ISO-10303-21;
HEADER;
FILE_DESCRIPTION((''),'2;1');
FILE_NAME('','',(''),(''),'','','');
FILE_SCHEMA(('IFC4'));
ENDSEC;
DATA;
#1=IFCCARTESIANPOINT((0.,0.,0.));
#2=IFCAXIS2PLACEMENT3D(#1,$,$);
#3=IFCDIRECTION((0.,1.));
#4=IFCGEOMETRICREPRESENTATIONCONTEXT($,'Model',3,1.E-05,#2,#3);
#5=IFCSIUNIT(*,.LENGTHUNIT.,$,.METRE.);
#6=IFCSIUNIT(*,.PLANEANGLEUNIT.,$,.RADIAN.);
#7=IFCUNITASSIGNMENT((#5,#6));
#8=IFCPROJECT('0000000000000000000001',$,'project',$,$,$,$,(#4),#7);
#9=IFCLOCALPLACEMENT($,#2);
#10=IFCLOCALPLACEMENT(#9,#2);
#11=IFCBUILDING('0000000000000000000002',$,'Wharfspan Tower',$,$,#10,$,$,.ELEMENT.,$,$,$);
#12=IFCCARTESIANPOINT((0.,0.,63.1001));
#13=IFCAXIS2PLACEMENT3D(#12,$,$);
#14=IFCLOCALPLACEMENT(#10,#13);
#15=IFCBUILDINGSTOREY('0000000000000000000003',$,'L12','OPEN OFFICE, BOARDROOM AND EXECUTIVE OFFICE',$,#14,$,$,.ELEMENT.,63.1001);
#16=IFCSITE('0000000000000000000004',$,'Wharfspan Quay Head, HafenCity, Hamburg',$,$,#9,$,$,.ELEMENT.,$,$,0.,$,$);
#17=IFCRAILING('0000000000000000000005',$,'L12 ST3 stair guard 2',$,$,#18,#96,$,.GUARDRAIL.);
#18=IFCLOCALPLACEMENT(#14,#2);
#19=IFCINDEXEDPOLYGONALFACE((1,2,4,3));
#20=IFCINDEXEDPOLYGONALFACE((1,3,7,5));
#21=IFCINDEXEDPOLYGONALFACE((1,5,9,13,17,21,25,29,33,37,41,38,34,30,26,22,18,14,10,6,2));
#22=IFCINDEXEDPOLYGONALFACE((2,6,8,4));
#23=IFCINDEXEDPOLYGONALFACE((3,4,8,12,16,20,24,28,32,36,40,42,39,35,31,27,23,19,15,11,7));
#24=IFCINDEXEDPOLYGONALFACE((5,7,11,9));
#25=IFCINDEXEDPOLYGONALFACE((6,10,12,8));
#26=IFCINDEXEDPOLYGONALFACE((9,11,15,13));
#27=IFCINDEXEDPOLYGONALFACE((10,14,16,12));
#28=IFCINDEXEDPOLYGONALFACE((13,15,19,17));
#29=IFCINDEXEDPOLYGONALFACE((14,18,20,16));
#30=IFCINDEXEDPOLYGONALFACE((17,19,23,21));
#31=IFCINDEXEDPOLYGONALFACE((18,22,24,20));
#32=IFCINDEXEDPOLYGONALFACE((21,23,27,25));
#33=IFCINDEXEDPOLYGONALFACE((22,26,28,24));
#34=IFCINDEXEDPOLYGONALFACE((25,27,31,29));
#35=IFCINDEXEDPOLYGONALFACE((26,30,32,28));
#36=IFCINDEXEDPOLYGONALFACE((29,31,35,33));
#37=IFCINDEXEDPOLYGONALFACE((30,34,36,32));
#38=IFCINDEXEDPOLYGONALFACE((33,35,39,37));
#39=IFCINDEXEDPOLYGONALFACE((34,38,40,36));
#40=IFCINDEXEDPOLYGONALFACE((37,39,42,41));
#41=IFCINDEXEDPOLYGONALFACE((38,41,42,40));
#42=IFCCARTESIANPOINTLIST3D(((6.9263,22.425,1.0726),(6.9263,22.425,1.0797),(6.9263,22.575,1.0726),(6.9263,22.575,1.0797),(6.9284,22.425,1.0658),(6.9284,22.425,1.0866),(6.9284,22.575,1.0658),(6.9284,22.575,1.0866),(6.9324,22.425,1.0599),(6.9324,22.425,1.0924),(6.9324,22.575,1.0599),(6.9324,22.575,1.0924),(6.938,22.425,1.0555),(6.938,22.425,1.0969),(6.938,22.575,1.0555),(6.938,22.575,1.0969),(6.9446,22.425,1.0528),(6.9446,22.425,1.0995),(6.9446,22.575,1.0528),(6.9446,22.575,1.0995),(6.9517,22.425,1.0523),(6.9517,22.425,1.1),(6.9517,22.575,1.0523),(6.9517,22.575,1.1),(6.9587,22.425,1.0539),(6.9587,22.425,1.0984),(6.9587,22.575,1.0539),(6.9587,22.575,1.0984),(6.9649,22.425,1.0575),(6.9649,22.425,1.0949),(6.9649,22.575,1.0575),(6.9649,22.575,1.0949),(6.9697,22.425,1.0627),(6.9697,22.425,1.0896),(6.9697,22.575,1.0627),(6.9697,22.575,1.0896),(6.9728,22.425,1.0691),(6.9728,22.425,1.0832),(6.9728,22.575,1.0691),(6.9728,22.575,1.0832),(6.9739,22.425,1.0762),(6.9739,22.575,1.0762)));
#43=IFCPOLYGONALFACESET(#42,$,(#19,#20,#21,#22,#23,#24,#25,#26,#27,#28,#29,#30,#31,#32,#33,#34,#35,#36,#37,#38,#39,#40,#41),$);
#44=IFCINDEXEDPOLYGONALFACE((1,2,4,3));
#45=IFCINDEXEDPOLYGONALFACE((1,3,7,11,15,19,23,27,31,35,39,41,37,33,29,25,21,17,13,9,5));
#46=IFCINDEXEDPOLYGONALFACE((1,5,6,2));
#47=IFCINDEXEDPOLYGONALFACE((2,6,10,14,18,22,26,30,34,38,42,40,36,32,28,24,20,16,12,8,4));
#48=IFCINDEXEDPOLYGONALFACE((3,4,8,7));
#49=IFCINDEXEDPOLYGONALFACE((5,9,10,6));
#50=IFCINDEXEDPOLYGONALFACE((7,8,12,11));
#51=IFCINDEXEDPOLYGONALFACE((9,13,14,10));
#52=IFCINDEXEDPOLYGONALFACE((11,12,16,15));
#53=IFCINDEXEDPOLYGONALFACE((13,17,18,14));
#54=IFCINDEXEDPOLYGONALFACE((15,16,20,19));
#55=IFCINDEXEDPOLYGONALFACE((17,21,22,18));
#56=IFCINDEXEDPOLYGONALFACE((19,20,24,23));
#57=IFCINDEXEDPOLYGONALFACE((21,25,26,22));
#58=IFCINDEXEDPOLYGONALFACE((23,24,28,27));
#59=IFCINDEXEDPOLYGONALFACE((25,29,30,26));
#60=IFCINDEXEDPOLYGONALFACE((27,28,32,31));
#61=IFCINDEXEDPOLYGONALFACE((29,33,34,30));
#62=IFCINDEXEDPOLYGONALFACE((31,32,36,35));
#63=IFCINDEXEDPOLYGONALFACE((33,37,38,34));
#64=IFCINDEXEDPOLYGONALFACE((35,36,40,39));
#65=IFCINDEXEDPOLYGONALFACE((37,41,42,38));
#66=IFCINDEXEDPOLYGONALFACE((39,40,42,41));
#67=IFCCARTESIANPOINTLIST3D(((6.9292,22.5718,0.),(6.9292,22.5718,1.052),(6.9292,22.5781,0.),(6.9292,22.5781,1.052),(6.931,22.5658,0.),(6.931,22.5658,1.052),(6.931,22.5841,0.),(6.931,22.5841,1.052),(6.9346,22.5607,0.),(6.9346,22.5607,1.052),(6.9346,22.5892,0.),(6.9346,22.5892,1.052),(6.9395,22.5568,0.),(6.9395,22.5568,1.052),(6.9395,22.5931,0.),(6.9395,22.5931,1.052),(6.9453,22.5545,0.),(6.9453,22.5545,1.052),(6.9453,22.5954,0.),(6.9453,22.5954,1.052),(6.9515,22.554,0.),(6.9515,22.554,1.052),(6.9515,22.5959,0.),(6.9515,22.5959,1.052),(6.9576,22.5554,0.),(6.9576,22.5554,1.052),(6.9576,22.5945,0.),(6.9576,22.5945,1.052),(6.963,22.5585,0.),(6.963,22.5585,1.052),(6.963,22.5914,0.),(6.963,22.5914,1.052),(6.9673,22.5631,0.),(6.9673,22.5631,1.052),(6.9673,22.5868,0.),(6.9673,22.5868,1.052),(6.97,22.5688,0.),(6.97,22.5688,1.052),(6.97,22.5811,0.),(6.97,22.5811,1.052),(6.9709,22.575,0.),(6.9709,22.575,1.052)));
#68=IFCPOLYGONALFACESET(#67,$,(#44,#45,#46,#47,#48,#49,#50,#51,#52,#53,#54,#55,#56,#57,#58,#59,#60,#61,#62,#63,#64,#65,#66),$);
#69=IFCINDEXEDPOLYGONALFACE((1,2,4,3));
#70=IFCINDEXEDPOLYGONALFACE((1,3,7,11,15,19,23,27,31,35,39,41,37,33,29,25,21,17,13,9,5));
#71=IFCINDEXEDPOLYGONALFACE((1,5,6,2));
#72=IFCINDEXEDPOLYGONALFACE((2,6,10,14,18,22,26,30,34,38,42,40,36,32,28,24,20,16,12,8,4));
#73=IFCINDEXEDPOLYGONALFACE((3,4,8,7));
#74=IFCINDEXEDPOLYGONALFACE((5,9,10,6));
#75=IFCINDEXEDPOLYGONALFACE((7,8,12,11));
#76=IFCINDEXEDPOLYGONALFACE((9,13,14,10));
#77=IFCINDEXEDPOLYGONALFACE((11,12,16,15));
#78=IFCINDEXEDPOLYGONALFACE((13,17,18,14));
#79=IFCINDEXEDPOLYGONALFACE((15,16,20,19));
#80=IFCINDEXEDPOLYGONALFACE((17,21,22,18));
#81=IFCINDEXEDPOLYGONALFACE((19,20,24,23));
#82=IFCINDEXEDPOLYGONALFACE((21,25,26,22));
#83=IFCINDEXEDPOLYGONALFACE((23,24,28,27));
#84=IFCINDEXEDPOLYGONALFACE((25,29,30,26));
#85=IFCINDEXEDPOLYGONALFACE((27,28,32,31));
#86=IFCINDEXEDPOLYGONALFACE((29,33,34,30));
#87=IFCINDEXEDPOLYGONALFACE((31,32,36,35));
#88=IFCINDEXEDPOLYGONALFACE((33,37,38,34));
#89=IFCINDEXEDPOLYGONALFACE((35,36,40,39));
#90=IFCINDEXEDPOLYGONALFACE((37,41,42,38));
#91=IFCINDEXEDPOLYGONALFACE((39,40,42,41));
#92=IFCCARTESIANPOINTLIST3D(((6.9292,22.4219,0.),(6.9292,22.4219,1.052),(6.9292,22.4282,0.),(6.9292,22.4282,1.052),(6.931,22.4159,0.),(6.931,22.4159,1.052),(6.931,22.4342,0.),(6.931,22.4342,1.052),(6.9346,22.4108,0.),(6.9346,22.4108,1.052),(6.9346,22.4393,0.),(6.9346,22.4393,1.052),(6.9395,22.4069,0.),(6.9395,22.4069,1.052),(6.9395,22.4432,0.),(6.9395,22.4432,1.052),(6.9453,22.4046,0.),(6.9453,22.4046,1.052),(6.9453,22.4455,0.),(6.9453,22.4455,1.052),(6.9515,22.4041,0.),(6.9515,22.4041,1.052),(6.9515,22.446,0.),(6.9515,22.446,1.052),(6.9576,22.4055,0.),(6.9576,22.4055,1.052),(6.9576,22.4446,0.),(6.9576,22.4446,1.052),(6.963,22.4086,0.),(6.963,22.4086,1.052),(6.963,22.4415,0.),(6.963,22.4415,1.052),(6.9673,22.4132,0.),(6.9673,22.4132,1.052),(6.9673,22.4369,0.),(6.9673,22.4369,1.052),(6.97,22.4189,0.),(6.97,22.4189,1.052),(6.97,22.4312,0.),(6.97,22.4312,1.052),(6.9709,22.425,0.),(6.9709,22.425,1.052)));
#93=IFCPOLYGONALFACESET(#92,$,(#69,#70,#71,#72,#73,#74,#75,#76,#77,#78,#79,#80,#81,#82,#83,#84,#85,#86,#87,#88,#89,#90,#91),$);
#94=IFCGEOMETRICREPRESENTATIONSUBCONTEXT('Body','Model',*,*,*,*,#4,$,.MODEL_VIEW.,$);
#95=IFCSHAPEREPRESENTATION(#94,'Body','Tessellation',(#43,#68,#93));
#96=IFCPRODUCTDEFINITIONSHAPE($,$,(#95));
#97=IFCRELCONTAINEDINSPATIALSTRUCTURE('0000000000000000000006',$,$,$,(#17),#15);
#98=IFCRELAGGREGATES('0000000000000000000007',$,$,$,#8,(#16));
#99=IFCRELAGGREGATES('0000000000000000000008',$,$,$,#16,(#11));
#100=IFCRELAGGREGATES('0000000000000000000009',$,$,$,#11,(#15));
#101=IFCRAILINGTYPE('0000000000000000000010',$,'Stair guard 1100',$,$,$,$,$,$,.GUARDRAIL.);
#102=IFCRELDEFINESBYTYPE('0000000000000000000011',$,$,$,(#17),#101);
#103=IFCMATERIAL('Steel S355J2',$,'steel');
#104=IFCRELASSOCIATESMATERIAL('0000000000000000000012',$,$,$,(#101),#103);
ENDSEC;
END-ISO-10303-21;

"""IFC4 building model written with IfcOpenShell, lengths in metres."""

from ifc_helpers import new_model, si_unit, direction, frame, origin, origin_2d, place, context, subcontext, project, spatial, circle, extrude, material, type_object, element, save


model = new_model("IFC4")

# Units and contexts
model_context = context("Model", 3, precision=1e-05, world=origin(), true_north=direction((0.0, 1.0)))
body_context = subcontext(model_context, "Body", "Model", "MODEL_VIEW")
ifc_project = project(units=[si_unit("LENGTHUNIT", "METRE"), si_unit("PLANEANGLEUNIT", "RADIAN")], contexts=[model_context])

# Site, building, storey
site_placement = place(None, origin())
site = spatial("IfcSite", under=ifc_project, at=site_placement, Name="Wharfspan Quay Head, HafenCity, Hamburg", CompositionType="ELEMENT", RefElevation=0.0)
building_placement = place(site_placement, origin())
building = spatial("IfcBuilding", under=site, at=building_placement, Name="Wharfspan Tower", CompositionType="ELEMENT")
storey_placement = place(building_placement, frame((0.0, 0.0, 63.1001)))
storey = spatial("IfcBuildingStorey", under=building, at=storey_placement, Name="L12", Description="OPEN OFFICE, BOARDROOM AND EXECUTIVE OFFICE", CompositionType="ELEMENT", Elevation=63.1001)

# Shared definitions
ifc_material_1 = material(Name="Steel S355J2", Category="steel")

# Railing
railing_type_1 = type_object("IfcRailingType", Name="Stair guard 1100", PredefinedType="GUARDRAIL", material=ifc_material_1)
railing_1_placement = place(storey_placement, frame((6.95, 22.575, 0.0)))
element("IfcRailing", 1, at=railing_1_placement, inside=storey, type_object=railing_type_1, Name="L12 ST3 stair guard 2", PredefinedType="GUARDRAIL", context=body_context, shape_type="SweptSolid", body=[
    extrude(circle(Radius=0.0239, at=origin_2d()), frame((0.0, 0.0, 1.0762), z_axis=(0.0, -1.0, 0.0), x_axis=(1.0, 0.0, 0.0)), (0.0, 0.0, 1.0), 0.1499),
    extrude(circle(Radius=0.021, at=origin_2d()), origin(), (0.0, 0.0, 1.0), 1.052),
    extrude(circle(Radius=0.021, at=origin_2d()), frame((0.0, -0.1499, 0.0)), (0.0, 0.0, 1.0), 1.052),
])

save(model, "model.ifc")
